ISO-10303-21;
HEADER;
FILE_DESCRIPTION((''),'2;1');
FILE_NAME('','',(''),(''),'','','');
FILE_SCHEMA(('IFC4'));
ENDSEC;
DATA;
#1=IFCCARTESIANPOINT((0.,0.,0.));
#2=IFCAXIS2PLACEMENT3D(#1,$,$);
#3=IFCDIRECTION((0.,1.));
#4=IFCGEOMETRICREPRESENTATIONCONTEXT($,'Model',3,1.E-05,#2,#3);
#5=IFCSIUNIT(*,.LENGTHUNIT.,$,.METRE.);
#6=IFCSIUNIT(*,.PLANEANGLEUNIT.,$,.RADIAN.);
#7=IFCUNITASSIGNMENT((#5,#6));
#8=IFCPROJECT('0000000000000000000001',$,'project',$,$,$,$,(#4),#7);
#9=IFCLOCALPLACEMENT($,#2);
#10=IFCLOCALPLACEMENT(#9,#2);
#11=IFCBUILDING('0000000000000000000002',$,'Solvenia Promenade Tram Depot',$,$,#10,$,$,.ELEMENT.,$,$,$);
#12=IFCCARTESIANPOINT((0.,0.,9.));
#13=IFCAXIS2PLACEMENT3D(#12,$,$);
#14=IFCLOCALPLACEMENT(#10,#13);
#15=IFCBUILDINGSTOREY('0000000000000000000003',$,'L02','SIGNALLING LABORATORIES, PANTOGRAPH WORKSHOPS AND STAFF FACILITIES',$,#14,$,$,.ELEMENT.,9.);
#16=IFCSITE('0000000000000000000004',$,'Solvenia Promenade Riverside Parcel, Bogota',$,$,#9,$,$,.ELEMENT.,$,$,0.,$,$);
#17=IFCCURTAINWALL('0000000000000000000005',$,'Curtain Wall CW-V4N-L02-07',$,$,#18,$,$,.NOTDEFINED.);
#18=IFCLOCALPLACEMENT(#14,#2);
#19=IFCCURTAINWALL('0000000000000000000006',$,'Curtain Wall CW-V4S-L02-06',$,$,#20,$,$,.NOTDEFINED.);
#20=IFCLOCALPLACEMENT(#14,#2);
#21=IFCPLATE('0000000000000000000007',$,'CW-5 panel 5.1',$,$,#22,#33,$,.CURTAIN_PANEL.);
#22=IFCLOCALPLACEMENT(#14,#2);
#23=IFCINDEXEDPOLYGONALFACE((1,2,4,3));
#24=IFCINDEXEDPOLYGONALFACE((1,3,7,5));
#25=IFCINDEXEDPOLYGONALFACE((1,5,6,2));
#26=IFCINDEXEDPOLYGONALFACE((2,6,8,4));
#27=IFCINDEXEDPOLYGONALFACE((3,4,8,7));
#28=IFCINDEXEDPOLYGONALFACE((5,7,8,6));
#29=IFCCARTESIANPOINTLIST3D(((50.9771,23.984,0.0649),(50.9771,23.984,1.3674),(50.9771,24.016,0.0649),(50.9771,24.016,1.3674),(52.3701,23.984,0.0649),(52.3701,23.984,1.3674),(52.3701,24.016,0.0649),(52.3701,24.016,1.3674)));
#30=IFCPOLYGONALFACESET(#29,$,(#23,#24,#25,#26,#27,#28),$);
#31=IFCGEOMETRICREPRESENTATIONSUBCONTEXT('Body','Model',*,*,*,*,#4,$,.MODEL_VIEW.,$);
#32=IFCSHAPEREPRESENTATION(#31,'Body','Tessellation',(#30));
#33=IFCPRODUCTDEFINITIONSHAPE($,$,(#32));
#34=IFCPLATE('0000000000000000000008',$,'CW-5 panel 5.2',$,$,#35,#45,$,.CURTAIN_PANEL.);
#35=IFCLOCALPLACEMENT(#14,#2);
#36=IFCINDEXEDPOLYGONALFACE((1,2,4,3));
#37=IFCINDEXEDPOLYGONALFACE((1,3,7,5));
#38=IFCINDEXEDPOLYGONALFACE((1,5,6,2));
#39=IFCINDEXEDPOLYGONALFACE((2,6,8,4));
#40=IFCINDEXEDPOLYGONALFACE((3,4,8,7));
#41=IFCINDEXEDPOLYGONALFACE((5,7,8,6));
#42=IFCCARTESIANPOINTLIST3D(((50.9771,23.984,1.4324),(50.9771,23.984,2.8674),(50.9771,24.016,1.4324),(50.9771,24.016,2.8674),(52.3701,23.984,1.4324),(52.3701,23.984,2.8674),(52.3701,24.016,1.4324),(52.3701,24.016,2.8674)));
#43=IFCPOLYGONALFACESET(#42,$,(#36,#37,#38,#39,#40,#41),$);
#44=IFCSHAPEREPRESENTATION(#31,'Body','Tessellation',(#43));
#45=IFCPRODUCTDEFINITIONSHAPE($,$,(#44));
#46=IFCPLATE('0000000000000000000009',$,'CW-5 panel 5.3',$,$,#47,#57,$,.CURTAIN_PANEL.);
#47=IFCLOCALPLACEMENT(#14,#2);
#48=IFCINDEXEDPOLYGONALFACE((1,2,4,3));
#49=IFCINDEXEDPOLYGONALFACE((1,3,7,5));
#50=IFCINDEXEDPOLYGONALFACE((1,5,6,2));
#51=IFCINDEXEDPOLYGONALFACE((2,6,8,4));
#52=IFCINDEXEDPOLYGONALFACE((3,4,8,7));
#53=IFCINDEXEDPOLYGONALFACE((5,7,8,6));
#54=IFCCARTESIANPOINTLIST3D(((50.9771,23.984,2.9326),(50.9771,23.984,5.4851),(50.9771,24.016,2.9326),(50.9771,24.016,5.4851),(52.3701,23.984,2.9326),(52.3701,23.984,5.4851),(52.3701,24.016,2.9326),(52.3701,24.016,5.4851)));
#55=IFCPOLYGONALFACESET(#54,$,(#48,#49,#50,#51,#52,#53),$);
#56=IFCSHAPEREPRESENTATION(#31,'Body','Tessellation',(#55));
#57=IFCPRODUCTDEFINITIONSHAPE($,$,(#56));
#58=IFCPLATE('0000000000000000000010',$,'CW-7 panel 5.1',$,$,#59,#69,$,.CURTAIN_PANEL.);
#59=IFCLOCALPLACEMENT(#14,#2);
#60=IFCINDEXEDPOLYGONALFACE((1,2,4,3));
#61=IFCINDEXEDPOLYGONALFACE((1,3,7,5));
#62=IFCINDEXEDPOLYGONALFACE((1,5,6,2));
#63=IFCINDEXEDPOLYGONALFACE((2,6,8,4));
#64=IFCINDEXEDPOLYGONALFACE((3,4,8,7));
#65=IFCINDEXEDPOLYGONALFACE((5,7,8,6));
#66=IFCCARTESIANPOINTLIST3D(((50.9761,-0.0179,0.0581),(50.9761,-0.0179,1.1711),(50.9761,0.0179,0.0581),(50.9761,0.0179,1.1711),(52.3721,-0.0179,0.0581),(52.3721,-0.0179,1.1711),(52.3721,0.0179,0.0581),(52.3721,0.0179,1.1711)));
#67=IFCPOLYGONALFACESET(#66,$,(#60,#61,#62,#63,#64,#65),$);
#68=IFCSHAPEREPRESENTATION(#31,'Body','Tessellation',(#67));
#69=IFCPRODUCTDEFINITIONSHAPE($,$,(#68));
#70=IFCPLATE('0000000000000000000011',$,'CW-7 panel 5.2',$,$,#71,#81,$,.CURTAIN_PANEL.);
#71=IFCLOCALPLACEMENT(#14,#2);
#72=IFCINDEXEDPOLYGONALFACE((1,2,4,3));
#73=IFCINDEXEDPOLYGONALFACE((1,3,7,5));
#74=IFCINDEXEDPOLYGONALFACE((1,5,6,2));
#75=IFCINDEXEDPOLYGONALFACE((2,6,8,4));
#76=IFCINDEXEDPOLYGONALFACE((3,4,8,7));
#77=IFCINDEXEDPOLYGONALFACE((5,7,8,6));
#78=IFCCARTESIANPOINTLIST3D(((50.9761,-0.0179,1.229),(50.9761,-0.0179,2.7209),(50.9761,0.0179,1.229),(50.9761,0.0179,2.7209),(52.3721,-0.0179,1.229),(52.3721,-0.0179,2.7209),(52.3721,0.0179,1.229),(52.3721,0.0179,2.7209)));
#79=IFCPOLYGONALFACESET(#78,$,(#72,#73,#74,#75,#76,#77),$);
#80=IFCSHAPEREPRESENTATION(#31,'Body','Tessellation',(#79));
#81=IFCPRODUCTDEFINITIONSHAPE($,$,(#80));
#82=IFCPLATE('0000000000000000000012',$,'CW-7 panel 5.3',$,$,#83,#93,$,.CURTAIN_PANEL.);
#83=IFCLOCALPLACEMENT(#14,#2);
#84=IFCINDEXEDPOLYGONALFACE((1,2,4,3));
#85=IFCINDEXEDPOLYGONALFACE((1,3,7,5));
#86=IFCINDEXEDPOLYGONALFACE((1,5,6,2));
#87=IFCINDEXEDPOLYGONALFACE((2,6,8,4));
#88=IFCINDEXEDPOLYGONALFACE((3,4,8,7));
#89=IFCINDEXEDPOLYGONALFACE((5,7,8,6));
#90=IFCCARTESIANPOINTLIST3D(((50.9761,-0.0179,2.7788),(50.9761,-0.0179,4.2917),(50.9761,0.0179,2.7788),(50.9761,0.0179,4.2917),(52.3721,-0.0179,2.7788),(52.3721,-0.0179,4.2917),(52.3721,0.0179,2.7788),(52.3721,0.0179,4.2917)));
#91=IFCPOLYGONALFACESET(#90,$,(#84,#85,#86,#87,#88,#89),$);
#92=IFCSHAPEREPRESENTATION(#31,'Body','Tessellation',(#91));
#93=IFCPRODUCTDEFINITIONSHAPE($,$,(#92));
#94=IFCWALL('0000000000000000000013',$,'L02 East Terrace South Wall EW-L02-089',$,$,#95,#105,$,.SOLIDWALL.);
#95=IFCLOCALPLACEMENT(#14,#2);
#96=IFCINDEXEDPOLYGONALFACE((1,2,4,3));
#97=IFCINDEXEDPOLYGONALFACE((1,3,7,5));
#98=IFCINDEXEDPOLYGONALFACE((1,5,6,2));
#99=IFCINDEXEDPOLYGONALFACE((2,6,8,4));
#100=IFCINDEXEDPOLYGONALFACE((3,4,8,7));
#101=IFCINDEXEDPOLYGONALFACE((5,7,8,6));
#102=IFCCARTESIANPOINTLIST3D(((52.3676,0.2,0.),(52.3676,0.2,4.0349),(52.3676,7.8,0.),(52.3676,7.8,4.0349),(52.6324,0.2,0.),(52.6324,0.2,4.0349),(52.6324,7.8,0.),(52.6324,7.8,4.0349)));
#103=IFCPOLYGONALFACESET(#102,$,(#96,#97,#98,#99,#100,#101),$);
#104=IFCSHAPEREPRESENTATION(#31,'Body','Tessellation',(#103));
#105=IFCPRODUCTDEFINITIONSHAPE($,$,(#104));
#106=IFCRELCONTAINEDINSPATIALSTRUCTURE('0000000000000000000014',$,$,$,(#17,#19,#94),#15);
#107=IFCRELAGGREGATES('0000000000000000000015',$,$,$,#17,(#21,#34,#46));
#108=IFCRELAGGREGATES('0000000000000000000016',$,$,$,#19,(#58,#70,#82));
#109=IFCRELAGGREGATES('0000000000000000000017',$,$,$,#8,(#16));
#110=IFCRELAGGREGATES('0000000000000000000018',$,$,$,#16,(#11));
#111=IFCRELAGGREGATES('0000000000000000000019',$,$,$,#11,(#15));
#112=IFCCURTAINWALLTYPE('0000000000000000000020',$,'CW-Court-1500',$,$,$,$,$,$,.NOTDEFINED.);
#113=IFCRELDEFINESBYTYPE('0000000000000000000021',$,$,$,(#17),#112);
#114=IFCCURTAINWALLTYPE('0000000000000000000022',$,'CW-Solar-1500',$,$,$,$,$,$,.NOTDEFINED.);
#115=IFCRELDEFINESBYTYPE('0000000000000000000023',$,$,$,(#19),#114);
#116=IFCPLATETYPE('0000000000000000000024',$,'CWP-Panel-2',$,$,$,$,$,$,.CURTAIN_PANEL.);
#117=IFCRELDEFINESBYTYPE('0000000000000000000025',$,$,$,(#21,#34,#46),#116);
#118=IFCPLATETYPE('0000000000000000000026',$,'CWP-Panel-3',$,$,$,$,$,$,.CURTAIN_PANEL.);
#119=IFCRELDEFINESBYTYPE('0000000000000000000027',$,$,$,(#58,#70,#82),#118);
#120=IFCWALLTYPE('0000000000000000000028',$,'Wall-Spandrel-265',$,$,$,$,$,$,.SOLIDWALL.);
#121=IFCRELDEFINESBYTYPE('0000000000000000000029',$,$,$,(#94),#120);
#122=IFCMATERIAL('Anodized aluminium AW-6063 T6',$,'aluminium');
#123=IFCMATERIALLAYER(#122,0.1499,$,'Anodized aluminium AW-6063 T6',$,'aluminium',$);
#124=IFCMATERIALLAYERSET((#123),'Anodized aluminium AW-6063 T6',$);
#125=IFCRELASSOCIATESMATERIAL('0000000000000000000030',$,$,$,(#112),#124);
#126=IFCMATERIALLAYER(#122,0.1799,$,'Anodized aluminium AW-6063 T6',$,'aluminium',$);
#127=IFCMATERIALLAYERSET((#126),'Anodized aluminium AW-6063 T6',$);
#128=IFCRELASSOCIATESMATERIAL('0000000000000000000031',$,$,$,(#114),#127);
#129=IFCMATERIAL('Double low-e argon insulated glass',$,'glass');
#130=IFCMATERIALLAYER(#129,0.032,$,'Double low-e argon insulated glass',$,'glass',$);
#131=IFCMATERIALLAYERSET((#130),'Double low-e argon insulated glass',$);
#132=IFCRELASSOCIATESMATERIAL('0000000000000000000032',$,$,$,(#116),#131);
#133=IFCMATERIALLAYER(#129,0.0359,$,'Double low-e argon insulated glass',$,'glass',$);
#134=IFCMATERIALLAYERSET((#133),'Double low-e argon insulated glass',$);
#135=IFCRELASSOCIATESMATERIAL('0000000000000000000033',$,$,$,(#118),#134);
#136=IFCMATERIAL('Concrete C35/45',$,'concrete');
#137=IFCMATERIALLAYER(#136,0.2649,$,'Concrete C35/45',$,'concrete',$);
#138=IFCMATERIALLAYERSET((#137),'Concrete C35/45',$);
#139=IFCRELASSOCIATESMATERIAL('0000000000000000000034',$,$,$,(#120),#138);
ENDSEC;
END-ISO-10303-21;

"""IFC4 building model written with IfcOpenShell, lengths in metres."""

from ifc_helpers import new_model, si_unit, direction, frame, frame_2d, origin, origin_2d, place, context, subcontext, project, spatial, rectangle, extrude, material, layer, layer_set, type_object, element, aggregate, save


model = new_model("IFC4")

# Units and contexts
model_context = context("Model", 3, precision=1e-05, world=origin(), true_north=direction((0.0, 1.0)))
body_context = subcontext(model_context, "Body", "Model", "MODEL_VIEW")
ifc_project = project(units=[si_unit("LENGTHUNIT", "METRE"), si_unit("PLANEANGLEUNIT", "RADIAN")], contexts=[model_context])

# Site, building, storey
site_placement = place(None, origin())
site = spatial("IfcSite", under=ifc_project, at=site_placement, Name="Solvenia Promenade Riverside Parcel, Bogota", CompositionType="ELEMENT", RefElevation=0.0)
building_placement = place(site_placement, origin())
building = spatial("IfcBuilding", under=site, at=building_placement, Name="Solvenia Promenade Tram Depot", CompositionType="ELEMENT")
storey_placement = place(building_placement, frame((0.0, 0.0, 9.0)))
storey = spatial("IfcBuildingStorey", under=building, at=storey_placement, Name="L02", Description="SIGNALLING LABORATORIES, PANTOGRAPH WORKSHOPS AND STAFF FACILITIES", CompositionType="ELEMENT", Elevation=9.0)

# Curtain walls
ifc_material_1 = material(Name="Anodized aluminium AW-6063 T6", Category="aluminium")
ifc_layer_1 = layer(ifc_material_1, 0.1499, Name="Anodized aluminium AW-6063 T6", Category="aluminium")
ifc_layer_set_1 = layer_set([ifc_layer_1], Name="Anodized aluminium AW-6063 T6")
curtain_wall_type_1 = type_object("IfcCurtainWallType", Name="CW-Court-1500", PredefinedType="NOTDEFINED", material=ifc_layer_set_1)
curtain_wall_1_placement = place(storey_placement, origin())
curtain_wall_1 = element("IfcCurtainWall", 1, at=curtain_wall_1_placement, inside=storey, type_object=curtain_wall_type_1, Name="Curtain Wall CW-V4N-L02-07", PredefinedType="NOTDEFINED")
ifc_layer_2 = layer(ifc_material_1, 0.1799, Name="Anodized aluminium AW-6063 T6", Category="aluminium")
ifc_layer_set_2 = layer_set([ifc_layer_2], Name="Anodized aluminium AW-6063 T6")
curtain_wall_type_2 = type_object("IfcCurtainWallType", Name="CW-Solar-1500", PredefinedType="NOTDEFINED", material=ifc_layer_set_2)
curtain_wall_2_placement = place(storey_placement, origin())
curtain_wall_2 = element("IfcCurtainWall", 2, at=curtain_wall_2_placement, inside=storey, type_object=curtain_wall_type_2, Name="Curtain Wall CW-V4S-L02-06", PredefinedType="NOTDEFINED")

# Plates
ifc_material_2 = material(Name="Double low-e argon insulated glass", Category="glass")
ifc_layer_3 = layer(ifc_material_2, 0.032, Name="Double low-e argon insulated glass", Category="glass")
ifc_layer_set_3 = layer_set([ifc_layer_3], Name="Double low-e argon insulated glass")
plate_type_1 = type_object("IfcPlateType", Name="CWP-Panel-2", PredefinedType="CURTAIN_PANEL", material=ifc_layer_set_3)
plate_1_placement = place(storey_placement, frame((51.6736, 24.0, 0.0649), z_axis=(0.0, 0.0, 1.0), x_axis=(1.0, 0.0, 0.0)))
plate_1 = element("IfcPlate", 3, at=plate_1_placement, type_object=plate_type_1, Name="CW-5 panel 5.1", PredefinedType="CURTAIN_PANEL", context=body_context, shape_type="SweptSolid", body=[
    extrude(rectangle(XDim=1.3931, YDim=0.032, at=origin_2d()), origin(), (0.0, 0.0, 1.0), 1.3025),
])
plate_2_placement = place(storey_placement, frame((51.6736, 24.0, 1.4324), z_axis=(0.0, 0.0, 1.0), x_axis=(1.0, 0.0, 0.0)))
plate_2 = element("IfcPlate", 4, at=plate_2_placement, type_object=plate_type_1, Name="CW-5 panel 5.2", PredefinedType="CURTAIN_PANEL", context=body_context, shape_type="SweptSolid", body=[
    extrude(rectangle(XDim=1.3931, YDim=0.032, at=origin_2d()), origin(), (0.0, 0.0, 1.0), 1.4351),
])
plate_3_placement = place(storey_placement, frame((51.6736, 24.0, 2.9326), z_axis=(0.0, 0.0, 1.0), x_axis=(1.0, 0.0, 0.0)))
plate_3 = element("IfcPlate", 5, at=plate_3_placement, type_object=plate_type_1, Name="CW-5 panel 5.3", PredefinedType="CURTAIN_PANEL", context=body_context, shape_type="SweptSolid", body=[
    extrude(rectangle(XDim=1.3931, YDim=0.032, at=origin_2d()), origin(), (0.0, 0.0, 1.0), 2.5525),
])
aggregate(curtain_wall_1, [plate_1, plate_2, plate_3])
ifc_layer_4 = layer(ifc_material_2, 0.0359, Name="Double low-e argon insulated glass", Category="glass")
ifc_layer_set_4 = layer_set([ifc_layer_4], Name="Double low-e argon insulated glass")
plate_type_2 = type_object("IfcPlateType", Name="CWP-Panel-3", PredefinedType="CURTAIN_PANEL", material=ifc_layer_set_4)
plate_4_placement = place(storey_placement, frame((51.6741, 0.0, 0.0581), z_axis=(0.0, 0.0, 1.0), x_axis=(1.0, 0.0, 0.0)))
plate_4 = element("IfcPlate", 6, at=plate_4_placement, type_object=plate_type_2, Name="CW-7 panel 5.1", PredefinedType="CURTAIN_PANEL", context=body_context, shape_type="SweptSolid", body=[
    extrude(rectangle(XDim=1.396, YDim=0.0359, at=origin_2d()), origin(), (0.0, 0.0, 1.0), 1.113),
])
plate_5_placement = place(storey_placement, frame((51.6741, 0.0, 1.229), z_axis=(0.0, 0.0, 1.0), x_axis=(1.0, 0.0, 0.0)))
plate_5 = element("IfcPlate", 7, at=plate_5_placement, type_object=plate_type_2, Name="CW-7 panel 5.2", PredefinedType="CURTAIN_PANEL", context=body_context, shape_type="SweptSolid", body=[
    extrude(rectangle(XDim=1.396, YDim=0.0359, at=origin_2d()), origin(), (0.0, 0.0, 1.0), 1.4919),
])
plate_6_placement = place(storey_placement, frame((51.6741, 0.0, 2.7788), z_axis=(0.0, 0.0, 1.0), x_axis=(1.0, 0.0, 0.0)))
plate_6 = element("IfcPlate", 8, at=plate_6_placement, type_object=plate_type_2, Name="CW-7 panel 5.3", PredefinedType="CURTAIN_PANEL", context=body_context, shape_type="SweptSolid", body=[
    extrude(rectangle(XDim=1.396, YDim=0.0359, at=origin_2d()), origin(), (0.0, 0.0, 1.0), 1.5129),
])
aggregate(curtain_wall_2, [plate_4, plate_5, plate_6])

# Wall
ifc_material_3 = material(Name="Concrete C35/45", Category="concrete")
ifc_layer_5 = layer(ifc_material_3, 0.2649, Name="Concrete C35/45", Category="concrete")
ifc_layer_set_5 = layer_set([ifc_layer_5], Name="Concrete C35/45")
wall_type = type_object("IfcWallType", Name="Wall-Spandrel-265", PredefinedType="SOLIDWALL", material=ifc_layer_set_5)
wall_1_placement = place(storey_placement, frame((52.5, 0.2, 0.0), z_axis=(0.0, 0.0, 1.0), x_axis=(0.0, 1.0, 0.0)))
element("IfcWall", 9, at=wall_1_placement, inside=storey, type_object=wall_type, Name="L02 East Terrace South Wall EW-L02-089", PredefinedType="SOLIDWALL", context=body_context, shape_type="SweptSolid", body=[
    extrude(rectangle(XDim=7.6001, YDim=0.2649, at=frame_2d((3.8, 0.0))), origin(), (0.0, 0.0, 1.0), 4.0349),
])

save(model, "model.ifc")
